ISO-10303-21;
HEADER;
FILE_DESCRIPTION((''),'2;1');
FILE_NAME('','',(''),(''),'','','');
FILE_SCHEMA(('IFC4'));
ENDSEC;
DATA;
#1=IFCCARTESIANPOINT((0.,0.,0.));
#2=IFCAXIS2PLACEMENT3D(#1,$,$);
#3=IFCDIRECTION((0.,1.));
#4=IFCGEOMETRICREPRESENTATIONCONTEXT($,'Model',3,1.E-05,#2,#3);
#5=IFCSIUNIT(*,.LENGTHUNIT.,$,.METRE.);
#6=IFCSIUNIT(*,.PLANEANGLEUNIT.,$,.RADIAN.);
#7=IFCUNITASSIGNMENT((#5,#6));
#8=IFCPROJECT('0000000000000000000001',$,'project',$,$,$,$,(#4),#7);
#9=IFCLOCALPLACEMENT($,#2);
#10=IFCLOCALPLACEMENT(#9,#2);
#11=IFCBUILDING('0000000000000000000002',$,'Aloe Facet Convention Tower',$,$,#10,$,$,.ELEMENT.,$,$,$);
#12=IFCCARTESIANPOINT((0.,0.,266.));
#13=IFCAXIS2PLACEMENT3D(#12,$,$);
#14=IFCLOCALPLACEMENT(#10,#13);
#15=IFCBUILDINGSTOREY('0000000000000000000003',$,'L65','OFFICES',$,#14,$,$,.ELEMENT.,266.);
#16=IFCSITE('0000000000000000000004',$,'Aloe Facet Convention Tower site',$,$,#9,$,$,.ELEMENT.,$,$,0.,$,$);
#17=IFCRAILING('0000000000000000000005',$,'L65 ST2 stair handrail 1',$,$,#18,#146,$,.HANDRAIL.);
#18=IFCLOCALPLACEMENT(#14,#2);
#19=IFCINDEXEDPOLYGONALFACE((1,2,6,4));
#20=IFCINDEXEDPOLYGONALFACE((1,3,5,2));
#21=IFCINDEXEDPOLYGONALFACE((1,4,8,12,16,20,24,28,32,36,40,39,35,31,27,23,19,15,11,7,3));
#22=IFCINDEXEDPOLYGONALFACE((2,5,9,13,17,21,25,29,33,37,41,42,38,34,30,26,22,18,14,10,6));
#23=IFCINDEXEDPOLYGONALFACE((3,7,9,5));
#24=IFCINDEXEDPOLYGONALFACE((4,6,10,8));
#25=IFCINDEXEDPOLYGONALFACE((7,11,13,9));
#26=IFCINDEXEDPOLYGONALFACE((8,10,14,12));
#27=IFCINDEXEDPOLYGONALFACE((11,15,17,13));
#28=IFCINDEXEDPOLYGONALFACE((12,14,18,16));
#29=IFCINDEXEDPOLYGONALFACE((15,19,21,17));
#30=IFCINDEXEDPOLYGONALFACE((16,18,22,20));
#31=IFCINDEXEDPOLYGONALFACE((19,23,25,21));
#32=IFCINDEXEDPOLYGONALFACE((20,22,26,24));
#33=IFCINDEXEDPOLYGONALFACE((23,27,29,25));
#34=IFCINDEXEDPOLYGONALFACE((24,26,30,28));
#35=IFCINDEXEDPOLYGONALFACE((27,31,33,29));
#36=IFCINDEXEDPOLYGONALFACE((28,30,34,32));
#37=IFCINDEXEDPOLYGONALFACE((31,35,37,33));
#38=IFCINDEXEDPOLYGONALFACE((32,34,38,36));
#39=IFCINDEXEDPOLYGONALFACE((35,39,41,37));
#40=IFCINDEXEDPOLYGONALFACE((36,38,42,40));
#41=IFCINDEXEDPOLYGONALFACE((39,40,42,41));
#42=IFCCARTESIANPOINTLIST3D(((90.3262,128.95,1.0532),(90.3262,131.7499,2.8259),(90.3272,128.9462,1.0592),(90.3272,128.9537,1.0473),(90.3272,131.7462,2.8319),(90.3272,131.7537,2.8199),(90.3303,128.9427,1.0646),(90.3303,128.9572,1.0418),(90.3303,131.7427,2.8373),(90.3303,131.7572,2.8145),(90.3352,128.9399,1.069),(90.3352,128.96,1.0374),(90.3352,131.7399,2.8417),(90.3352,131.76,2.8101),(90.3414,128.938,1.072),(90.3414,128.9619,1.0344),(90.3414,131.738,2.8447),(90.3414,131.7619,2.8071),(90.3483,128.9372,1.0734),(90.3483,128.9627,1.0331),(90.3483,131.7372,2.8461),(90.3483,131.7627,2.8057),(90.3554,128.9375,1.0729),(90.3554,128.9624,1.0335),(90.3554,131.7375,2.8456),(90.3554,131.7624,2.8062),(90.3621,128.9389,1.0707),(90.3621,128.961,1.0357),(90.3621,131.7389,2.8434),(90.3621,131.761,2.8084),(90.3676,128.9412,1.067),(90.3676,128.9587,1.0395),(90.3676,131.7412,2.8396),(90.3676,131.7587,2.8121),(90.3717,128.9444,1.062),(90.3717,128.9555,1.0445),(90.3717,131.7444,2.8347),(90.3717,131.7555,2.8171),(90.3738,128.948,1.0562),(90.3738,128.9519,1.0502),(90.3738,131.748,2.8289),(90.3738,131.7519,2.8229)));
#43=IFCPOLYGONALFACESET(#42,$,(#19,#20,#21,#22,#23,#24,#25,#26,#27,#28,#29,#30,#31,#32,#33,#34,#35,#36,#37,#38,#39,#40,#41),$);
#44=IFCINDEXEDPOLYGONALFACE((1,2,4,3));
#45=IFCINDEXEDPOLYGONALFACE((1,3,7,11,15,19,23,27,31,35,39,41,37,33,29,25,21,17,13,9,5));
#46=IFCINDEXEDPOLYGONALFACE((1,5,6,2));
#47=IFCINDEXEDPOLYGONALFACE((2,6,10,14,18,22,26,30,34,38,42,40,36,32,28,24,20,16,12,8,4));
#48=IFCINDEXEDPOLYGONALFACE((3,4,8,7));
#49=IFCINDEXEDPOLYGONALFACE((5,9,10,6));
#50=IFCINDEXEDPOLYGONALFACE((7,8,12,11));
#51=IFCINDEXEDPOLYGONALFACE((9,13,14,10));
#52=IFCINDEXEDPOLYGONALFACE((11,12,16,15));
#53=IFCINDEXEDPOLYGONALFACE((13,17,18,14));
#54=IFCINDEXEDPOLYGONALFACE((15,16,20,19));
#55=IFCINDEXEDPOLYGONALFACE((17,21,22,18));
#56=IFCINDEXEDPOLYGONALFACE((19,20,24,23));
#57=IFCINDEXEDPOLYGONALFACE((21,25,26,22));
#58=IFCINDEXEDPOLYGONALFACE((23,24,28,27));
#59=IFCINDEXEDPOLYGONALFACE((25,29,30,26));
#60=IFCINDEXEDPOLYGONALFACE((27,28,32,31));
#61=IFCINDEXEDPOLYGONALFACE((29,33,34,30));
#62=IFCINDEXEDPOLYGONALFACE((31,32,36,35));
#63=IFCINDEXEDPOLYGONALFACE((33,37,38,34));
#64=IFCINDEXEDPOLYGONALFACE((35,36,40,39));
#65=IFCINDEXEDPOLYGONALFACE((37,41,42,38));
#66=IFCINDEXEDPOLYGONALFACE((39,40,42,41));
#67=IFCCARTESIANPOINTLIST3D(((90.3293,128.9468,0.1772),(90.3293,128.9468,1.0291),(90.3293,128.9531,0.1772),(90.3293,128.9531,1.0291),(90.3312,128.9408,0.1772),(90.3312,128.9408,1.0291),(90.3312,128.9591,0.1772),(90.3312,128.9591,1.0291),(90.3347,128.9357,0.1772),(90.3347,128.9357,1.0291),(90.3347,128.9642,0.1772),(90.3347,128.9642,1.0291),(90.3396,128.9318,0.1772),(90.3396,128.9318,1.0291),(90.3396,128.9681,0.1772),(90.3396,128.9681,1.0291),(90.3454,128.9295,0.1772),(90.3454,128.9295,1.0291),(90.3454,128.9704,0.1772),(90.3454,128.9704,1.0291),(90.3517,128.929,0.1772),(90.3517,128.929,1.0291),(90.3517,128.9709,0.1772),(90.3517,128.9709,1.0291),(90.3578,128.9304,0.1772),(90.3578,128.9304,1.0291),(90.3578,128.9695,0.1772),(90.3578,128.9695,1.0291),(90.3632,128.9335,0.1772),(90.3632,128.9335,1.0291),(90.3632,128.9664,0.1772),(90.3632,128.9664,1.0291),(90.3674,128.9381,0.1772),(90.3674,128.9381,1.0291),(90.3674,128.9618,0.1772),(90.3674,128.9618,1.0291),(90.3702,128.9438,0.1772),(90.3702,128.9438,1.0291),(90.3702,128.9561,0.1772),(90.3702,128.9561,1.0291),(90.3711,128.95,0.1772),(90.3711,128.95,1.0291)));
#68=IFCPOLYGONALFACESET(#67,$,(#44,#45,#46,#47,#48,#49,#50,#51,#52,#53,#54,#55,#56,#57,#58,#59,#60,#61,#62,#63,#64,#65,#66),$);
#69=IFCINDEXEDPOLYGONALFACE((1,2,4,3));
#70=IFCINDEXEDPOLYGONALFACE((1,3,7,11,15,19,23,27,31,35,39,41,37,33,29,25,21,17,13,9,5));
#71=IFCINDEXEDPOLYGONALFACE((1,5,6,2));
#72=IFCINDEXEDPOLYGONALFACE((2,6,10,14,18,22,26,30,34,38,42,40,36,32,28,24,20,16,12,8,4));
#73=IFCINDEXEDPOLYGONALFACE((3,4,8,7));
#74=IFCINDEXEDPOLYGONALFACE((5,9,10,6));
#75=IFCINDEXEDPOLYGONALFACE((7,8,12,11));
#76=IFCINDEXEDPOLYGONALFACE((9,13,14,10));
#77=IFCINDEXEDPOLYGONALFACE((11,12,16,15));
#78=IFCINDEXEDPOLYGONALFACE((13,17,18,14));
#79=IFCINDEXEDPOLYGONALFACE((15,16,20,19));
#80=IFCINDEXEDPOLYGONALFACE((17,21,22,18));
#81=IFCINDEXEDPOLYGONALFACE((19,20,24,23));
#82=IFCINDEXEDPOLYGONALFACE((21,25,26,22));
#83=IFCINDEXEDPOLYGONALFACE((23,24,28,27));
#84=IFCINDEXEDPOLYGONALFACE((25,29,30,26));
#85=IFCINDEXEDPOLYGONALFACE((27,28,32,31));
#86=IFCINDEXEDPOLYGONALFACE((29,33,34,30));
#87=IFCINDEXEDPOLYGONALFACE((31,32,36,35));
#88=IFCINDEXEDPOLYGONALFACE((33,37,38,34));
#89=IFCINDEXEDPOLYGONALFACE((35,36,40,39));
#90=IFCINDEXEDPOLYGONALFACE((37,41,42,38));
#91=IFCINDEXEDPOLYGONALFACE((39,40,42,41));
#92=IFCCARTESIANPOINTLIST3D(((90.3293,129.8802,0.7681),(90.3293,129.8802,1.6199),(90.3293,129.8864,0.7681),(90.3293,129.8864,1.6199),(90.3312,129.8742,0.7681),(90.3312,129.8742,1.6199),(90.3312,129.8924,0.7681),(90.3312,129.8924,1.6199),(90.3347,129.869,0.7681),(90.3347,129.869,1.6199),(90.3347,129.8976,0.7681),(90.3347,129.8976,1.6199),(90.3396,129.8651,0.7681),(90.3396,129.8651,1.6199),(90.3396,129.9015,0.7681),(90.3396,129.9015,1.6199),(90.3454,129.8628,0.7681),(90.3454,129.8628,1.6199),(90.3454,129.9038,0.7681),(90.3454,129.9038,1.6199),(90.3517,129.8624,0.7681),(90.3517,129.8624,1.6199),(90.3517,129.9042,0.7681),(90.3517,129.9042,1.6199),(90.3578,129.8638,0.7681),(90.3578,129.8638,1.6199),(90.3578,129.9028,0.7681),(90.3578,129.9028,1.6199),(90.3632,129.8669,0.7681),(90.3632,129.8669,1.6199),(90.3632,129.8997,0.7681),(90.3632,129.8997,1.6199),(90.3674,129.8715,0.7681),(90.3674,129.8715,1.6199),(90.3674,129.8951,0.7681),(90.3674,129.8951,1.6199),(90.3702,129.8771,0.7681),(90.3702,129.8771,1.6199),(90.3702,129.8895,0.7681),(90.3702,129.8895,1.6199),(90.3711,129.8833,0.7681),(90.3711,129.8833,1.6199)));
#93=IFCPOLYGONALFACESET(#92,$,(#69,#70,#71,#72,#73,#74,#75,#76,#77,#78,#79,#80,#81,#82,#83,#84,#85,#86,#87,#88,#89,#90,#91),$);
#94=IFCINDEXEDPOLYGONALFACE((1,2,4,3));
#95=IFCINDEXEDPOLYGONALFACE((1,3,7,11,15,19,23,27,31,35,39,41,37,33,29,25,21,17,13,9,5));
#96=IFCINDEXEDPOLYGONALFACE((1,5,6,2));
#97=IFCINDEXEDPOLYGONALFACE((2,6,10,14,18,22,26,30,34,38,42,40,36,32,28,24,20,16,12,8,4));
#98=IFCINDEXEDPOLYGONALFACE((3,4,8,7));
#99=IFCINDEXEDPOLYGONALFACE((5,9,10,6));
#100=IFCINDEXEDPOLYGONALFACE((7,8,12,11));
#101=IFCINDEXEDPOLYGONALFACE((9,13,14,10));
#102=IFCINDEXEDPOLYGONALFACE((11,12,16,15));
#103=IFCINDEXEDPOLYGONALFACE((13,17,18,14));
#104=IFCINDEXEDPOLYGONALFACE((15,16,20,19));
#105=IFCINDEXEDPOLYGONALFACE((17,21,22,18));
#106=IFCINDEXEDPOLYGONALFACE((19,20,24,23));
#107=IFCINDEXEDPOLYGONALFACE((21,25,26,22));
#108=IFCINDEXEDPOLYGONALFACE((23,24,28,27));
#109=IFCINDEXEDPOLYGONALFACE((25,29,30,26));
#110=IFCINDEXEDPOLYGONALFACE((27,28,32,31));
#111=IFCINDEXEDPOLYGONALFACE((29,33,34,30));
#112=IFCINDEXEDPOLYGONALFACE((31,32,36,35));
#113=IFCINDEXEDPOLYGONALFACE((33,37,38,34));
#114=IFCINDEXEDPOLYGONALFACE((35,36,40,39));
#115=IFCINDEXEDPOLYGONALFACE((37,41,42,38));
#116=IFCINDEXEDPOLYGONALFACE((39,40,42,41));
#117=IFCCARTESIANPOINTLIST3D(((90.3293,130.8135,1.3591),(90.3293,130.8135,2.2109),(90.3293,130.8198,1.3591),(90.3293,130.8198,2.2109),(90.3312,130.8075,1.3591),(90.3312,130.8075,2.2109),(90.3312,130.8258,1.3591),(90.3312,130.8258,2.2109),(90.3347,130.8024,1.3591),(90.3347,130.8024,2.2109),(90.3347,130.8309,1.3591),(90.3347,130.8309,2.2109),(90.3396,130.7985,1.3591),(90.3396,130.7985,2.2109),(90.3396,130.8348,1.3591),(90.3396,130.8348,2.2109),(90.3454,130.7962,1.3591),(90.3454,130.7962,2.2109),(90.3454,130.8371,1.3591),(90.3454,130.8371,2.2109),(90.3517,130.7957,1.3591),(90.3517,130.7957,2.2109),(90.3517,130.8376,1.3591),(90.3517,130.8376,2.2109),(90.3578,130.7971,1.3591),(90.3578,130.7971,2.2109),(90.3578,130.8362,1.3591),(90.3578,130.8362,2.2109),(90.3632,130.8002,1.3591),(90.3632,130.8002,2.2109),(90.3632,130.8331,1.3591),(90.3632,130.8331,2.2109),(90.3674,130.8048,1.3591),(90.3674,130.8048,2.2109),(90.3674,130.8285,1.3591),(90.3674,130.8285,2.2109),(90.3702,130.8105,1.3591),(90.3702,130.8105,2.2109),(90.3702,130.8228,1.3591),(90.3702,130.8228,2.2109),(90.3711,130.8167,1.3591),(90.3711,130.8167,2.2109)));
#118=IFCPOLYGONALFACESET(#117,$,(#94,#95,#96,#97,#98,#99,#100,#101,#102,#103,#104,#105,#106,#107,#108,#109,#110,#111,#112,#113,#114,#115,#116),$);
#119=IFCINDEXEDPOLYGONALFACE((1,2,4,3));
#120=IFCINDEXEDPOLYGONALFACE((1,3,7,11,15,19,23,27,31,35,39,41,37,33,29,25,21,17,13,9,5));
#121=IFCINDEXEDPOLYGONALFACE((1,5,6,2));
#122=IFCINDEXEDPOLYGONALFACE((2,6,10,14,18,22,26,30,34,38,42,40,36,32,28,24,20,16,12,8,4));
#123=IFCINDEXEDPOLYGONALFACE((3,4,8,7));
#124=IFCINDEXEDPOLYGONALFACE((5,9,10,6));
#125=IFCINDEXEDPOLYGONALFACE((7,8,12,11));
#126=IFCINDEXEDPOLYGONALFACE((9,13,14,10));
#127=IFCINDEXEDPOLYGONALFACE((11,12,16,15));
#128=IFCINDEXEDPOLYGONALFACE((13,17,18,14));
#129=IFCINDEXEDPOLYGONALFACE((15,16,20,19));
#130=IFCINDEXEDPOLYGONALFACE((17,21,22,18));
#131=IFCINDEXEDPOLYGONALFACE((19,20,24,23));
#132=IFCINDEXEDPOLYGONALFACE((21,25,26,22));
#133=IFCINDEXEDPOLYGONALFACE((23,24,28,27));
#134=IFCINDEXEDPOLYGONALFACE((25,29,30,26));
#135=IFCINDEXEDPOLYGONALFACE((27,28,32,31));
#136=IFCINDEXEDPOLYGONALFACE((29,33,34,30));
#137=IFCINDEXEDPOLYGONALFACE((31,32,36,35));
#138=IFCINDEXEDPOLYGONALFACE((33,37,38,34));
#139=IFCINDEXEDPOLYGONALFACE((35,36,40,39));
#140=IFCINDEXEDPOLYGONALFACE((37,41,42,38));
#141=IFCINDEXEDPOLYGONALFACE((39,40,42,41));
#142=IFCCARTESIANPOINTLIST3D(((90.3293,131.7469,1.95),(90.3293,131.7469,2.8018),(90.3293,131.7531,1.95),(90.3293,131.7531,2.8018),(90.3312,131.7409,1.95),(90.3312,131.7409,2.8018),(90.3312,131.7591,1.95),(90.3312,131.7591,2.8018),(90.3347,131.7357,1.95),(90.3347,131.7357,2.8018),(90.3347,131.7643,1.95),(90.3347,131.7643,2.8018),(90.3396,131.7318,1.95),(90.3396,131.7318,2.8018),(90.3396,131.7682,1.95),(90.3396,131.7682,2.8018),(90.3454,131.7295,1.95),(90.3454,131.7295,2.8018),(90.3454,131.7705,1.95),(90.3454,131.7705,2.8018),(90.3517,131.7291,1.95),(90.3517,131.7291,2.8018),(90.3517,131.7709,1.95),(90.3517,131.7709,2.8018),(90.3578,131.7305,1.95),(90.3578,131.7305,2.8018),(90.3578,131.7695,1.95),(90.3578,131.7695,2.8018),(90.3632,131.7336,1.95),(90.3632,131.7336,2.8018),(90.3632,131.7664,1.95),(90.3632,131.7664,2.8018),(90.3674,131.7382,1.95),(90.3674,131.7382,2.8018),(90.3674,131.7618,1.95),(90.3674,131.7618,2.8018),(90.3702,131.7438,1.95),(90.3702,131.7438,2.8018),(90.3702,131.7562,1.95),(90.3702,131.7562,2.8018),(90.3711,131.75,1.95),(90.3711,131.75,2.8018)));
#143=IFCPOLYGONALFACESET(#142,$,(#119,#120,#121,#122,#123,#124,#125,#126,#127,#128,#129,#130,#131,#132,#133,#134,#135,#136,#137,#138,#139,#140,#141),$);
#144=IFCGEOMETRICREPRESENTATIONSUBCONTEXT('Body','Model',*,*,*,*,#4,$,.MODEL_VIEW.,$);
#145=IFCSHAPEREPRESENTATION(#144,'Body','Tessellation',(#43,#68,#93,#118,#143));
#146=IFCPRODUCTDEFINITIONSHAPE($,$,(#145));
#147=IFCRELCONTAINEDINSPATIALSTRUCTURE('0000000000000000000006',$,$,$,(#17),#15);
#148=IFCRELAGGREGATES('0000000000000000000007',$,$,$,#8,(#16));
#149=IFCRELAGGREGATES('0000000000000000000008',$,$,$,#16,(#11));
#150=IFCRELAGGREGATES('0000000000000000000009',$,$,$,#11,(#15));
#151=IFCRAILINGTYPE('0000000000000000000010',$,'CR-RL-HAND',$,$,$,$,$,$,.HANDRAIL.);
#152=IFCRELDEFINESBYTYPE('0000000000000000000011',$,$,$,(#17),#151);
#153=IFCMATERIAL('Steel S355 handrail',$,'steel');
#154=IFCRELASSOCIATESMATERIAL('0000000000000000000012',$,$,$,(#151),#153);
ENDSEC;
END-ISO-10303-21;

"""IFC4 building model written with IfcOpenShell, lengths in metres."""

from ifc_helpers import new_model, si_unit, direction, frame, origin, origin_2d, place, context, subcontext, project, spatial, circle, extrude, material, type_object, element, save


model = new_model("IFC4")

# Units and contexts
model_context = context("Model", 3, precision=1e-05, world=origin(), true_north=direction((0.0, 1.0)))
body_context = subcontext(model_context, "Body", "Model", "MODEL_VIEW")
ifc_project = project(units=[si_unit("LENGTHUNIT", "METRE"), si_unit("PLANEANGLEUNIT", "RADIAN")], contexts=[model_context])

# Site, building, storey
site_placement = place(None, origin())
site = spatial("IfcSite", under=ifc_project, at=site_placement, Name="Aloe Facet Convention Tower site", CompositionType="ELEMENT", RefElevation=0.0)
building_placement = place(site_placement, origin())
building = spatial("IfcBuilding", under=site, at=building_placement, Name="Aloe Facet Convention Tower", CompositionType="ELEMENT")
storey_placement = place(building_placement, frame((0.0, 0.0, 266.0)))
storey = spatial("IfcBuildingStorey", under=building, at=storey_placement, Name="L65", Description="OFFICES", CompositionType="ELEMENT", Elevation=266.0)

# Railing
ifc_material_1 = material(Name="Steel S355 handrail", Category="steel")
railing_type_1 = type_object("IfcRailingType", Name="CR-RL-HAND", PredefinedType="HANDRAIL", material=ifc_material_1)
railing_1_placement = place(storey_placement, frame((90.3501, 128.95, 0.1772)))
element("IfcRailing", 1, at=railing_1_placement, inside=storey, type_object=railing_type_1, Name="L65 ST2 stair handrail 1", PredefinedType="HANDRAIL", context=body_context, shape_type="SweptSolid", body=[
    extrude(circle(Radius=0.0239, at=origin_2d()), frame((0.0, 0.0, 0.876), z_axis=(0.0, 0.844909, 0.53491), x_axis=(-1.0, 0.0, 0.0)), (0.0, 0.0, 1.0), 3.314),
    extrude(circle(Radius=0.021, at=origin_2d()), origin(), (0.0, 0.0, 1.0), 0.8518),
    extrude(circle(Radius=0.021, at=origin_2d()), frame((0.0, 0.9333, 0.5908)), (0.0, 0.0, 1.0), 0.8518),
    extrude(circle(Radius=0.021, at=origin_2d()), frame((0.0, 1.8667, 1.1819)), (0.0, 0.0, 1.0), 0.8518),
    extrude(circle(Radius=0.021, at=origin_2d()), frame((0.0, 2.8, 1.7727)), (0.0, 0.0, 1.0), 0.8518),
])

save(model, "model.ifc")
